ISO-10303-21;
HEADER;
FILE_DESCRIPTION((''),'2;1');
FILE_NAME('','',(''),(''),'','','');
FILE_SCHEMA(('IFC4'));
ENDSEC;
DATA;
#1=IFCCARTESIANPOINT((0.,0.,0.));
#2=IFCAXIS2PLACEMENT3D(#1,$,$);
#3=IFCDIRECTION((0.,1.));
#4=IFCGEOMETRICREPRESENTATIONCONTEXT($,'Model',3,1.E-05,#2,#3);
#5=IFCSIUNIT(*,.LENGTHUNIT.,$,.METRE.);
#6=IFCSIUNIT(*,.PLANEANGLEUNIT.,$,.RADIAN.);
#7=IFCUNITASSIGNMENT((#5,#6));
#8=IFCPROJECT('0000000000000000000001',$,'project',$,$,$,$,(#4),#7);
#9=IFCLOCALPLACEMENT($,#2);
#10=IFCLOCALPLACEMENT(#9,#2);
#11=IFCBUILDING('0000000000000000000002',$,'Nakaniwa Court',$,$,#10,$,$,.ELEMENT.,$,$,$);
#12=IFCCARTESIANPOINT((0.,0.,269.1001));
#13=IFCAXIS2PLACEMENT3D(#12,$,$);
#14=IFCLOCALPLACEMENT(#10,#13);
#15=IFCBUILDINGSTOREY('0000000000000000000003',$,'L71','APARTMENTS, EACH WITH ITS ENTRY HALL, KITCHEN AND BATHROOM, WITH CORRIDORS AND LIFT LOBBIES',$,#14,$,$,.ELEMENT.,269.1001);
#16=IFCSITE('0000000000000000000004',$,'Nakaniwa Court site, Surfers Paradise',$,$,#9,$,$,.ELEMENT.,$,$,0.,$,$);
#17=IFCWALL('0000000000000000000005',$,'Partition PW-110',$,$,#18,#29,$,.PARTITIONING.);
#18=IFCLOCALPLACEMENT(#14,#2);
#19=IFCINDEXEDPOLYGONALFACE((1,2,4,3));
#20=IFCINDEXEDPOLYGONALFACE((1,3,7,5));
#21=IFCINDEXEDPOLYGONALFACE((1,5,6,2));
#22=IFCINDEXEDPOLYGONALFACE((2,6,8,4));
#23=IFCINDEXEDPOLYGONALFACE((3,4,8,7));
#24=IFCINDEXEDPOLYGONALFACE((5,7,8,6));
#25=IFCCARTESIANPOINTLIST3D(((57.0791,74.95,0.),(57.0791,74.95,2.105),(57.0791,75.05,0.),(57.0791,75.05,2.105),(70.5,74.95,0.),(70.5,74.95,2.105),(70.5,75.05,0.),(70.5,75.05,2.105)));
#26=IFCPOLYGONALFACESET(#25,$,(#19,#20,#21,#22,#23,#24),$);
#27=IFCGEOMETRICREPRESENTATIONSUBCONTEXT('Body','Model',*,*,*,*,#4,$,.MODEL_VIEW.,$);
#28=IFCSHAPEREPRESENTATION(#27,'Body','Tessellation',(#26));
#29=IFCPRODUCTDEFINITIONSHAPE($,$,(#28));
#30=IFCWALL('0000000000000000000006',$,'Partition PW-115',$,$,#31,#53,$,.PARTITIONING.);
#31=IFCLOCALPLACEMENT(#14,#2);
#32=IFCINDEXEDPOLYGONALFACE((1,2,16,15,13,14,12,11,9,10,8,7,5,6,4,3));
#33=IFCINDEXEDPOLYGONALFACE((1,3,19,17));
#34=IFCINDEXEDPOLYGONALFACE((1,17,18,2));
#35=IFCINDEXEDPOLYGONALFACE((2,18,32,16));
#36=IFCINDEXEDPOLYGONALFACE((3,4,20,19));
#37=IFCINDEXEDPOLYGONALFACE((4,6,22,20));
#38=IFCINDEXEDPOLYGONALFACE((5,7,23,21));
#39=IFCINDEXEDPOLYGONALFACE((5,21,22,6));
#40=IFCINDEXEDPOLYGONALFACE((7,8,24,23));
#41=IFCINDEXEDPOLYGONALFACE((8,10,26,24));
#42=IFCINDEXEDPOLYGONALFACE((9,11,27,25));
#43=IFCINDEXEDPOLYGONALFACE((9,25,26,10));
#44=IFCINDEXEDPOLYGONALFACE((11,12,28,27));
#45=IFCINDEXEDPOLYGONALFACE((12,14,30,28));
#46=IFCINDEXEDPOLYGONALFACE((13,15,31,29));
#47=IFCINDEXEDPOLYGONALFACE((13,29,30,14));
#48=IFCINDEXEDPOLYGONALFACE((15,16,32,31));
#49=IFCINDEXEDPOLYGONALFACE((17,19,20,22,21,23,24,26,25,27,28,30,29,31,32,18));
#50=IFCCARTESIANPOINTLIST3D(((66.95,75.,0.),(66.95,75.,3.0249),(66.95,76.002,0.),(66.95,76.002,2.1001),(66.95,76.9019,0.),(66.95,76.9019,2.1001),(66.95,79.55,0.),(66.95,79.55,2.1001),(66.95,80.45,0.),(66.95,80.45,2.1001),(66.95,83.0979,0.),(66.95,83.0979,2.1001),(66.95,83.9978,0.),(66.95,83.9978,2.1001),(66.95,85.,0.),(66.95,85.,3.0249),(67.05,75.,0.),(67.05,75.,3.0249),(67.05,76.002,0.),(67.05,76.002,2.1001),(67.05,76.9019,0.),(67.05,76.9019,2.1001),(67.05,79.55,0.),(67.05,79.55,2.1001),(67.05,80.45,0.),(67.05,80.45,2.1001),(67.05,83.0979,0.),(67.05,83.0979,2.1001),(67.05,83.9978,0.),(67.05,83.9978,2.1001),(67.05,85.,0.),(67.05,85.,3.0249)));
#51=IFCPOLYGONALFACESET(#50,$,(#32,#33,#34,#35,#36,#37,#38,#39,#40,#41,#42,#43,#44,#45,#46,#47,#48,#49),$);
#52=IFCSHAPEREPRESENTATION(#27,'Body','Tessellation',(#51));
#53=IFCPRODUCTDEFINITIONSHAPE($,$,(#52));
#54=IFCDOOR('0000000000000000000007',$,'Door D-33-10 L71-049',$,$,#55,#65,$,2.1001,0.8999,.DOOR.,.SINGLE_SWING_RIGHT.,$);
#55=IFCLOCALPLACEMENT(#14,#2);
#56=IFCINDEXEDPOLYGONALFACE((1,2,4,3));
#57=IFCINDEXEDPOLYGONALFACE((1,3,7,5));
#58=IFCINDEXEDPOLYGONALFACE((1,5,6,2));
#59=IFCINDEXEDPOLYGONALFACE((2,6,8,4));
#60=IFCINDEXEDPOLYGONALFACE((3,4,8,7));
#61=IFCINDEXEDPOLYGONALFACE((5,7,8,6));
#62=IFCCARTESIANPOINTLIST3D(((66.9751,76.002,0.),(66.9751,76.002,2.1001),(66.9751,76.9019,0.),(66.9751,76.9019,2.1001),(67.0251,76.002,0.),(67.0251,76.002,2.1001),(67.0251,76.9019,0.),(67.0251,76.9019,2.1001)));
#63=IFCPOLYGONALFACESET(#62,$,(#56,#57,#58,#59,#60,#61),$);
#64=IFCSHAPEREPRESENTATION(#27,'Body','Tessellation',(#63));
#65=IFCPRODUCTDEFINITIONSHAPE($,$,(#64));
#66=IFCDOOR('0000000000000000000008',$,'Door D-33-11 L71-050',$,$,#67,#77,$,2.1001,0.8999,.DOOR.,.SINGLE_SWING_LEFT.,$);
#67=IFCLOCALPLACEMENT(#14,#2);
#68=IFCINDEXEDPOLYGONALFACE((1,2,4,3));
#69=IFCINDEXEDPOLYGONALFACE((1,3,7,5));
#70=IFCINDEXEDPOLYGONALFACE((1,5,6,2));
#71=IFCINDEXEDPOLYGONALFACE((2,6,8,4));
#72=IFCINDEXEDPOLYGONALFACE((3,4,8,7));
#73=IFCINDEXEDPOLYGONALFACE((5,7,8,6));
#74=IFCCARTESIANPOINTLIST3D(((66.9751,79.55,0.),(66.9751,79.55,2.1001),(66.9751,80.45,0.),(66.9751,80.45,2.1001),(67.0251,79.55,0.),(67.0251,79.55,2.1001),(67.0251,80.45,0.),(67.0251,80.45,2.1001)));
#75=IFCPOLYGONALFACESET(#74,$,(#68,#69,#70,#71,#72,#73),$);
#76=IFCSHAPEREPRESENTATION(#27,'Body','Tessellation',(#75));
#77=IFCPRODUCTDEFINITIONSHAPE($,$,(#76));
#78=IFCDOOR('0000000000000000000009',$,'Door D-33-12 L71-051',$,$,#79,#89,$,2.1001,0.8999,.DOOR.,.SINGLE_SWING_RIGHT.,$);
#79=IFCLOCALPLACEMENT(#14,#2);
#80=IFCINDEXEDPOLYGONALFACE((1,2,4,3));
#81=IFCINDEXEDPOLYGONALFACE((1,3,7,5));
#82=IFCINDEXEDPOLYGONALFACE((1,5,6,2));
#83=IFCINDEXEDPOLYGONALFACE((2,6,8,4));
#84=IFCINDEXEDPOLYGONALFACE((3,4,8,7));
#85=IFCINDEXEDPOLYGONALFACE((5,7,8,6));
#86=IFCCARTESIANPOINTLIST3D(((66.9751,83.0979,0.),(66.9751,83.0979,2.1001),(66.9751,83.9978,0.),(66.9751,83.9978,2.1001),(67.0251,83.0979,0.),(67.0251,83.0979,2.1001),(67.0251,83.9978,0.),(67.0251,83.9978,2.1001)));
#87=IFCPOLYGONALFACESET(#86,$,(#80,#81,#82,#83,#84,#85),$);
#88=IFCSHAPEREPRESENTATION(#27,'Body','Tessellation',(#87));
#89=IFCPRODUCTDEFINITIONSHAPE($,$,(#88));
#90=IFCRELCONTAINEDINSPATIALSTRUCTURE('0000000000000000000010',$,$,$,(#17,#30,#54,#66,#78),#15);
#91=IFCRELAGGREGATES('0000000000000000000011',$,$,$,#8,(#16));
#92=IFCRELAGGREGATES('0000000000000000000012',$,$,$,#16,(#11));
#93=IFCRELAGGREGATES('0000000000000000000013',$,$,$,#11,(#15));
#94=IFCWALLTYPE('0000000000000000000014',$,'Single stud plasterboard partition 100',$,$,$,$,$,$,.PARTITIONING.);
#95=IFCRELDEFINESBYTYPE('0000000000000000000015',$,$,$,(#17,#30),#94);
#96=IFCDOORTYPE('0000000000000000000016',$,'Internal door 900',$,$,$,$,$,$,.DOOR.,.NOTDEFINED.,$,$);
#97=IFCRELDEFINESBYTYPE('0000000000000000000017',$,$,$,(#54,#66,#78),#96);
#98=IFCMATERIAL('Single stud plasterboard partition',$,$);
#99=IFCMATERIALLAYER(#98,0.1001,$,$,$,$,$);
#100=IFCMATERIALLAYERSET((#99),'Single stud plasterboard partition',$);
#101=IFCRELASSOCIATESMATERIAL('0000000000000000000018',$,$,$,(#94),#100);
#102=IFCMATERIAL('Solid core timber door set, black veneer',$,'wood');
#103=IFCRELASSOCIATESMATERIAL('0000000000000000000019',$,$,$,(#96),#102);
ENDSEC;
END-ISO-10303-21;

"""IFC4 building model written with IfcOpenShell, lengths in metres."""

from ifc_helpers import new_model, si_unit, direction, frame, frame_2d, origin, place, context, subcontext, project, spatial, rectangle, extrude, material, layer, layer_set, type_object, element, fill, save


model = new_model("IFC4")

# Units and contexts
model_context = context("Model", 3, precision=1e-05, world=origin(), true_north=direction((0.0, 1.0)))
body_context = subcontext(model_context, "Body", "Model", "MODEL_VIEW")
ifc_project = project(units=[si_unit("LENGTHUNIT", "METRE"), si_unit("PLANEANGLEUNIT", "RADIAN")], contexts=[model_context])

# Site, building, storey
site_placement = place(None, origin())
site = spatial("IfcSite", under=ifc_project, at=site_placement, Name="Nakaniwa Court site, Surfers Paradise", CompositionType="ELEMENT", RefElevation=0.0)
building_placement = place(site_placement, origin())
building = spatial("IfcBuilding", under=site, at=building_placement, Name="Nakaniwa Court", CompositionType="ELEMENT")
storey_placement = place(building_placement, frame((0.0, 0.0, 269.1001)))
storey = spatial("IfcBuildingStorey", under=building, at=storey_placement, Name="L71", Description="APARTMENTS, EACH WITH ITS ENTRY HALL, KITCHEN AND BATHROOM, WITH CORRIDORS AND LIFT LOBBIES", CompositionType="ELEMENT", Elevation=269.1001)

# Wall
ifc_material_1 = material(Name="Single stud plasterboard partition")
ifc_layer_1 = layer(ifc_material_1, 0.1001)
ifc_layer_set_1 = layer_set([ifc_layer_1], Name="Single stud plasterboard partition")
wall_type_1 = type_object("IfcWallType", Name="Single stud plasterboard partition 100", PredefinedType="PARTITIONING", material=ifc_layer_set_1)
wall_1_placement = place(storey_placement, frame((57.0791, 75.0, 0.0), z_axis=(0.0, 0.0, 1.0), x_axis=(1.0, 0.0, 0.0)))
element("IfcWall", 1, at=wall_1_placement, inside=storey, type_object=wall_type_1, Name="Partition PW-110", PredefinedType="PARTITIONING", context=body_context, shape_type="SweptSolid", body=[
    extrude(rectangle(XDim=13.4209, YDim=0.1001, at=frame_2d((6.7104, 0.0))), origin(), (0.0, 0.0, 1.0), 2.105),
])

# Wall, openings, doors
wall_2_placement = place(storey_placement, frame((67.0, 75.0, 0.0), z_axis=(0.0, 0.0, 1.0), x_axis=(0.0, 1.0, 0.0)))
wall_2 = element("IfcWall", 2, at=wall_2_placement, inside=storey, type_object=wall_type_1, Name="Partition PW-115", PredefinedType="PARTITIONING", context=body_context, shape_type="SweptSolid", body=[
    extrude(rectangle(XDim=10.0, YDim=0.1001, at=frame_2d((5.0, 0.0))), origin(), (0.0, 0.0, 1.0), 3.0249),
])
opening_1_placement = place(wall_2_placement, frame((1.002, 0.0, 0.0)))
opening_1 = element("IfcOpeningElement", 3, at=opening_1_placement, cuts=wall_2, PredefinedType="OPENING", context=body_context, shape_type="SweptSolid", body=[
    extrude(rectangle(XDim=0.8999, YDim=2.1001, at=frame_2d((0.45, 1.05))), frame((0.0, 0.0601, 0.0), z_axis=(0.0, -1.0, 0.0), x_axis=(1.0, 0.0, 0.0)), (0.0, 0.0, 1.0), 0.1201),
])
opening_2_placement = place(wall_2_placement, frame((4.55, 0.0, 0.0)))
opening_2 = element("IfcOpeningElement", 4, at=opening_2_placement, cuts=wall_2, PredefinedType="OPENING", context=body_context, shape_type="SweptSolid", body=[
    extrude(rectangle(XDim=0.8999, YDim=2.1001, at=frame_2d((0.45, 1.05))), frame((0.0, 0.0601, 0.0), z_axis=(0.0, -1.0, 0.0), x_axis=(1.0, 0.0, 0.0)), (0.0, 0.0, 1.0), 0.1201),
])
opening_3_placement = place(wall_2_placement, frame((8.0979, 0.0, 0.0)))
opening_3 = element("IfcOpeningElement", 5, at=opening_3_placement, cuts=wall_2, PredefinedType="OPENING", context=body_context, shape_type="SweptSolid", body=[
    extrude(rectangle(XDim=0.8999, YDim=2.1001, at=frame_2d((0.45, 1.05))), frame((0.0, 0.0601, 0.0), z_axis=(0.0, -1.0, 0.0), x_axis=(1.0, 0.0, 0.0)), (0.0, 0.0, 1.0), 0.1201),
])
ifc_material_2 = material(Name="Solid core timber door set, black veneer", Category="wood")
door_type = type_object("IfcDoorType", Name="Internal door 900", OperationType="NOTDEFINED", PredefinedType="DOOR", material=ifc_material_2)
door_1_placement = place(opening_1_placement, origin())
door_1 = element("IfcDoor", 6, at=door_1_placement, inside=storey, type_object=door_type, Name="Door D-33-10 L71-049", OperationType="SINGLE_SWING_RIGHT", OverallHeight=2.1001, OverallWidth=0.8999, PredefinedType="DOOR", context=body_context, shape_type="SweptSolid", body=[
    extrude(rectangle(XDim=0.8999, YDim=2.1001, at=frame_2d((0.45, 1.05))), frame((0.0, 0.0249, 0.0), z_axis=(0.0, -1.0, 0.0), x_axis=(1.0, 0.0, 0.0)), (0.0, 0.0, 1.0), 0.05),
])
fill(opening_1, door_1)
door_2_placement = place(opening_2_placement, origin())
door_2 = element("IfcDoor", 7, at=door_2_placement, inside=storey, type_object=door_type, Name="Door D-33-11 L71-050", OperationType="SINGLE_SWING_LEFT", OverallHeight=2.1001, OverallWidth=0.8999, PredefinedType="DOOR", context=body_context, shape_type="SweptSolid", body=[
    extrude(rectangle(XDim=0.8999, YDim=2.1001, at=frame_2d((0.45, 1.05))), frame((0.0, 0.0249, 0.0), z_axis=(0.0, -1.0, 0.0), x_axis=(1.0, 0.0, 0.0)), (0.0, 0.0, 1.0), 0.05),
])
fill(opening_2, door_2)
door_3_placement = place(opening_3_placement, origin())
door_3 = element("IfcDoor", 8, at=door_3_placement, inside=storey, type_object=door_type, Name="Door D-33-12 L71-051", OperationType="SINGLE_SWING_RIGHT", OverallHeight=2.1001, OverallWidth=0.8999, PredefinedType="DOOR", context=body_context, shape_type="SweptSolid", body=[
    extrude(rectangle(XDim=0.8999, YDim=2.1001, at=frame_2d((0.45, 1.05))), frame((0.0, 0.0249, 0.0), z_axis=(0.0, -1.0, 0.0), x_axis=(1.0, 0.0, 0.0)), (0.0, 0.0, 1.0), 0.05),
])
fill(opening_3, door_3)

save(model, "model.ifc")
